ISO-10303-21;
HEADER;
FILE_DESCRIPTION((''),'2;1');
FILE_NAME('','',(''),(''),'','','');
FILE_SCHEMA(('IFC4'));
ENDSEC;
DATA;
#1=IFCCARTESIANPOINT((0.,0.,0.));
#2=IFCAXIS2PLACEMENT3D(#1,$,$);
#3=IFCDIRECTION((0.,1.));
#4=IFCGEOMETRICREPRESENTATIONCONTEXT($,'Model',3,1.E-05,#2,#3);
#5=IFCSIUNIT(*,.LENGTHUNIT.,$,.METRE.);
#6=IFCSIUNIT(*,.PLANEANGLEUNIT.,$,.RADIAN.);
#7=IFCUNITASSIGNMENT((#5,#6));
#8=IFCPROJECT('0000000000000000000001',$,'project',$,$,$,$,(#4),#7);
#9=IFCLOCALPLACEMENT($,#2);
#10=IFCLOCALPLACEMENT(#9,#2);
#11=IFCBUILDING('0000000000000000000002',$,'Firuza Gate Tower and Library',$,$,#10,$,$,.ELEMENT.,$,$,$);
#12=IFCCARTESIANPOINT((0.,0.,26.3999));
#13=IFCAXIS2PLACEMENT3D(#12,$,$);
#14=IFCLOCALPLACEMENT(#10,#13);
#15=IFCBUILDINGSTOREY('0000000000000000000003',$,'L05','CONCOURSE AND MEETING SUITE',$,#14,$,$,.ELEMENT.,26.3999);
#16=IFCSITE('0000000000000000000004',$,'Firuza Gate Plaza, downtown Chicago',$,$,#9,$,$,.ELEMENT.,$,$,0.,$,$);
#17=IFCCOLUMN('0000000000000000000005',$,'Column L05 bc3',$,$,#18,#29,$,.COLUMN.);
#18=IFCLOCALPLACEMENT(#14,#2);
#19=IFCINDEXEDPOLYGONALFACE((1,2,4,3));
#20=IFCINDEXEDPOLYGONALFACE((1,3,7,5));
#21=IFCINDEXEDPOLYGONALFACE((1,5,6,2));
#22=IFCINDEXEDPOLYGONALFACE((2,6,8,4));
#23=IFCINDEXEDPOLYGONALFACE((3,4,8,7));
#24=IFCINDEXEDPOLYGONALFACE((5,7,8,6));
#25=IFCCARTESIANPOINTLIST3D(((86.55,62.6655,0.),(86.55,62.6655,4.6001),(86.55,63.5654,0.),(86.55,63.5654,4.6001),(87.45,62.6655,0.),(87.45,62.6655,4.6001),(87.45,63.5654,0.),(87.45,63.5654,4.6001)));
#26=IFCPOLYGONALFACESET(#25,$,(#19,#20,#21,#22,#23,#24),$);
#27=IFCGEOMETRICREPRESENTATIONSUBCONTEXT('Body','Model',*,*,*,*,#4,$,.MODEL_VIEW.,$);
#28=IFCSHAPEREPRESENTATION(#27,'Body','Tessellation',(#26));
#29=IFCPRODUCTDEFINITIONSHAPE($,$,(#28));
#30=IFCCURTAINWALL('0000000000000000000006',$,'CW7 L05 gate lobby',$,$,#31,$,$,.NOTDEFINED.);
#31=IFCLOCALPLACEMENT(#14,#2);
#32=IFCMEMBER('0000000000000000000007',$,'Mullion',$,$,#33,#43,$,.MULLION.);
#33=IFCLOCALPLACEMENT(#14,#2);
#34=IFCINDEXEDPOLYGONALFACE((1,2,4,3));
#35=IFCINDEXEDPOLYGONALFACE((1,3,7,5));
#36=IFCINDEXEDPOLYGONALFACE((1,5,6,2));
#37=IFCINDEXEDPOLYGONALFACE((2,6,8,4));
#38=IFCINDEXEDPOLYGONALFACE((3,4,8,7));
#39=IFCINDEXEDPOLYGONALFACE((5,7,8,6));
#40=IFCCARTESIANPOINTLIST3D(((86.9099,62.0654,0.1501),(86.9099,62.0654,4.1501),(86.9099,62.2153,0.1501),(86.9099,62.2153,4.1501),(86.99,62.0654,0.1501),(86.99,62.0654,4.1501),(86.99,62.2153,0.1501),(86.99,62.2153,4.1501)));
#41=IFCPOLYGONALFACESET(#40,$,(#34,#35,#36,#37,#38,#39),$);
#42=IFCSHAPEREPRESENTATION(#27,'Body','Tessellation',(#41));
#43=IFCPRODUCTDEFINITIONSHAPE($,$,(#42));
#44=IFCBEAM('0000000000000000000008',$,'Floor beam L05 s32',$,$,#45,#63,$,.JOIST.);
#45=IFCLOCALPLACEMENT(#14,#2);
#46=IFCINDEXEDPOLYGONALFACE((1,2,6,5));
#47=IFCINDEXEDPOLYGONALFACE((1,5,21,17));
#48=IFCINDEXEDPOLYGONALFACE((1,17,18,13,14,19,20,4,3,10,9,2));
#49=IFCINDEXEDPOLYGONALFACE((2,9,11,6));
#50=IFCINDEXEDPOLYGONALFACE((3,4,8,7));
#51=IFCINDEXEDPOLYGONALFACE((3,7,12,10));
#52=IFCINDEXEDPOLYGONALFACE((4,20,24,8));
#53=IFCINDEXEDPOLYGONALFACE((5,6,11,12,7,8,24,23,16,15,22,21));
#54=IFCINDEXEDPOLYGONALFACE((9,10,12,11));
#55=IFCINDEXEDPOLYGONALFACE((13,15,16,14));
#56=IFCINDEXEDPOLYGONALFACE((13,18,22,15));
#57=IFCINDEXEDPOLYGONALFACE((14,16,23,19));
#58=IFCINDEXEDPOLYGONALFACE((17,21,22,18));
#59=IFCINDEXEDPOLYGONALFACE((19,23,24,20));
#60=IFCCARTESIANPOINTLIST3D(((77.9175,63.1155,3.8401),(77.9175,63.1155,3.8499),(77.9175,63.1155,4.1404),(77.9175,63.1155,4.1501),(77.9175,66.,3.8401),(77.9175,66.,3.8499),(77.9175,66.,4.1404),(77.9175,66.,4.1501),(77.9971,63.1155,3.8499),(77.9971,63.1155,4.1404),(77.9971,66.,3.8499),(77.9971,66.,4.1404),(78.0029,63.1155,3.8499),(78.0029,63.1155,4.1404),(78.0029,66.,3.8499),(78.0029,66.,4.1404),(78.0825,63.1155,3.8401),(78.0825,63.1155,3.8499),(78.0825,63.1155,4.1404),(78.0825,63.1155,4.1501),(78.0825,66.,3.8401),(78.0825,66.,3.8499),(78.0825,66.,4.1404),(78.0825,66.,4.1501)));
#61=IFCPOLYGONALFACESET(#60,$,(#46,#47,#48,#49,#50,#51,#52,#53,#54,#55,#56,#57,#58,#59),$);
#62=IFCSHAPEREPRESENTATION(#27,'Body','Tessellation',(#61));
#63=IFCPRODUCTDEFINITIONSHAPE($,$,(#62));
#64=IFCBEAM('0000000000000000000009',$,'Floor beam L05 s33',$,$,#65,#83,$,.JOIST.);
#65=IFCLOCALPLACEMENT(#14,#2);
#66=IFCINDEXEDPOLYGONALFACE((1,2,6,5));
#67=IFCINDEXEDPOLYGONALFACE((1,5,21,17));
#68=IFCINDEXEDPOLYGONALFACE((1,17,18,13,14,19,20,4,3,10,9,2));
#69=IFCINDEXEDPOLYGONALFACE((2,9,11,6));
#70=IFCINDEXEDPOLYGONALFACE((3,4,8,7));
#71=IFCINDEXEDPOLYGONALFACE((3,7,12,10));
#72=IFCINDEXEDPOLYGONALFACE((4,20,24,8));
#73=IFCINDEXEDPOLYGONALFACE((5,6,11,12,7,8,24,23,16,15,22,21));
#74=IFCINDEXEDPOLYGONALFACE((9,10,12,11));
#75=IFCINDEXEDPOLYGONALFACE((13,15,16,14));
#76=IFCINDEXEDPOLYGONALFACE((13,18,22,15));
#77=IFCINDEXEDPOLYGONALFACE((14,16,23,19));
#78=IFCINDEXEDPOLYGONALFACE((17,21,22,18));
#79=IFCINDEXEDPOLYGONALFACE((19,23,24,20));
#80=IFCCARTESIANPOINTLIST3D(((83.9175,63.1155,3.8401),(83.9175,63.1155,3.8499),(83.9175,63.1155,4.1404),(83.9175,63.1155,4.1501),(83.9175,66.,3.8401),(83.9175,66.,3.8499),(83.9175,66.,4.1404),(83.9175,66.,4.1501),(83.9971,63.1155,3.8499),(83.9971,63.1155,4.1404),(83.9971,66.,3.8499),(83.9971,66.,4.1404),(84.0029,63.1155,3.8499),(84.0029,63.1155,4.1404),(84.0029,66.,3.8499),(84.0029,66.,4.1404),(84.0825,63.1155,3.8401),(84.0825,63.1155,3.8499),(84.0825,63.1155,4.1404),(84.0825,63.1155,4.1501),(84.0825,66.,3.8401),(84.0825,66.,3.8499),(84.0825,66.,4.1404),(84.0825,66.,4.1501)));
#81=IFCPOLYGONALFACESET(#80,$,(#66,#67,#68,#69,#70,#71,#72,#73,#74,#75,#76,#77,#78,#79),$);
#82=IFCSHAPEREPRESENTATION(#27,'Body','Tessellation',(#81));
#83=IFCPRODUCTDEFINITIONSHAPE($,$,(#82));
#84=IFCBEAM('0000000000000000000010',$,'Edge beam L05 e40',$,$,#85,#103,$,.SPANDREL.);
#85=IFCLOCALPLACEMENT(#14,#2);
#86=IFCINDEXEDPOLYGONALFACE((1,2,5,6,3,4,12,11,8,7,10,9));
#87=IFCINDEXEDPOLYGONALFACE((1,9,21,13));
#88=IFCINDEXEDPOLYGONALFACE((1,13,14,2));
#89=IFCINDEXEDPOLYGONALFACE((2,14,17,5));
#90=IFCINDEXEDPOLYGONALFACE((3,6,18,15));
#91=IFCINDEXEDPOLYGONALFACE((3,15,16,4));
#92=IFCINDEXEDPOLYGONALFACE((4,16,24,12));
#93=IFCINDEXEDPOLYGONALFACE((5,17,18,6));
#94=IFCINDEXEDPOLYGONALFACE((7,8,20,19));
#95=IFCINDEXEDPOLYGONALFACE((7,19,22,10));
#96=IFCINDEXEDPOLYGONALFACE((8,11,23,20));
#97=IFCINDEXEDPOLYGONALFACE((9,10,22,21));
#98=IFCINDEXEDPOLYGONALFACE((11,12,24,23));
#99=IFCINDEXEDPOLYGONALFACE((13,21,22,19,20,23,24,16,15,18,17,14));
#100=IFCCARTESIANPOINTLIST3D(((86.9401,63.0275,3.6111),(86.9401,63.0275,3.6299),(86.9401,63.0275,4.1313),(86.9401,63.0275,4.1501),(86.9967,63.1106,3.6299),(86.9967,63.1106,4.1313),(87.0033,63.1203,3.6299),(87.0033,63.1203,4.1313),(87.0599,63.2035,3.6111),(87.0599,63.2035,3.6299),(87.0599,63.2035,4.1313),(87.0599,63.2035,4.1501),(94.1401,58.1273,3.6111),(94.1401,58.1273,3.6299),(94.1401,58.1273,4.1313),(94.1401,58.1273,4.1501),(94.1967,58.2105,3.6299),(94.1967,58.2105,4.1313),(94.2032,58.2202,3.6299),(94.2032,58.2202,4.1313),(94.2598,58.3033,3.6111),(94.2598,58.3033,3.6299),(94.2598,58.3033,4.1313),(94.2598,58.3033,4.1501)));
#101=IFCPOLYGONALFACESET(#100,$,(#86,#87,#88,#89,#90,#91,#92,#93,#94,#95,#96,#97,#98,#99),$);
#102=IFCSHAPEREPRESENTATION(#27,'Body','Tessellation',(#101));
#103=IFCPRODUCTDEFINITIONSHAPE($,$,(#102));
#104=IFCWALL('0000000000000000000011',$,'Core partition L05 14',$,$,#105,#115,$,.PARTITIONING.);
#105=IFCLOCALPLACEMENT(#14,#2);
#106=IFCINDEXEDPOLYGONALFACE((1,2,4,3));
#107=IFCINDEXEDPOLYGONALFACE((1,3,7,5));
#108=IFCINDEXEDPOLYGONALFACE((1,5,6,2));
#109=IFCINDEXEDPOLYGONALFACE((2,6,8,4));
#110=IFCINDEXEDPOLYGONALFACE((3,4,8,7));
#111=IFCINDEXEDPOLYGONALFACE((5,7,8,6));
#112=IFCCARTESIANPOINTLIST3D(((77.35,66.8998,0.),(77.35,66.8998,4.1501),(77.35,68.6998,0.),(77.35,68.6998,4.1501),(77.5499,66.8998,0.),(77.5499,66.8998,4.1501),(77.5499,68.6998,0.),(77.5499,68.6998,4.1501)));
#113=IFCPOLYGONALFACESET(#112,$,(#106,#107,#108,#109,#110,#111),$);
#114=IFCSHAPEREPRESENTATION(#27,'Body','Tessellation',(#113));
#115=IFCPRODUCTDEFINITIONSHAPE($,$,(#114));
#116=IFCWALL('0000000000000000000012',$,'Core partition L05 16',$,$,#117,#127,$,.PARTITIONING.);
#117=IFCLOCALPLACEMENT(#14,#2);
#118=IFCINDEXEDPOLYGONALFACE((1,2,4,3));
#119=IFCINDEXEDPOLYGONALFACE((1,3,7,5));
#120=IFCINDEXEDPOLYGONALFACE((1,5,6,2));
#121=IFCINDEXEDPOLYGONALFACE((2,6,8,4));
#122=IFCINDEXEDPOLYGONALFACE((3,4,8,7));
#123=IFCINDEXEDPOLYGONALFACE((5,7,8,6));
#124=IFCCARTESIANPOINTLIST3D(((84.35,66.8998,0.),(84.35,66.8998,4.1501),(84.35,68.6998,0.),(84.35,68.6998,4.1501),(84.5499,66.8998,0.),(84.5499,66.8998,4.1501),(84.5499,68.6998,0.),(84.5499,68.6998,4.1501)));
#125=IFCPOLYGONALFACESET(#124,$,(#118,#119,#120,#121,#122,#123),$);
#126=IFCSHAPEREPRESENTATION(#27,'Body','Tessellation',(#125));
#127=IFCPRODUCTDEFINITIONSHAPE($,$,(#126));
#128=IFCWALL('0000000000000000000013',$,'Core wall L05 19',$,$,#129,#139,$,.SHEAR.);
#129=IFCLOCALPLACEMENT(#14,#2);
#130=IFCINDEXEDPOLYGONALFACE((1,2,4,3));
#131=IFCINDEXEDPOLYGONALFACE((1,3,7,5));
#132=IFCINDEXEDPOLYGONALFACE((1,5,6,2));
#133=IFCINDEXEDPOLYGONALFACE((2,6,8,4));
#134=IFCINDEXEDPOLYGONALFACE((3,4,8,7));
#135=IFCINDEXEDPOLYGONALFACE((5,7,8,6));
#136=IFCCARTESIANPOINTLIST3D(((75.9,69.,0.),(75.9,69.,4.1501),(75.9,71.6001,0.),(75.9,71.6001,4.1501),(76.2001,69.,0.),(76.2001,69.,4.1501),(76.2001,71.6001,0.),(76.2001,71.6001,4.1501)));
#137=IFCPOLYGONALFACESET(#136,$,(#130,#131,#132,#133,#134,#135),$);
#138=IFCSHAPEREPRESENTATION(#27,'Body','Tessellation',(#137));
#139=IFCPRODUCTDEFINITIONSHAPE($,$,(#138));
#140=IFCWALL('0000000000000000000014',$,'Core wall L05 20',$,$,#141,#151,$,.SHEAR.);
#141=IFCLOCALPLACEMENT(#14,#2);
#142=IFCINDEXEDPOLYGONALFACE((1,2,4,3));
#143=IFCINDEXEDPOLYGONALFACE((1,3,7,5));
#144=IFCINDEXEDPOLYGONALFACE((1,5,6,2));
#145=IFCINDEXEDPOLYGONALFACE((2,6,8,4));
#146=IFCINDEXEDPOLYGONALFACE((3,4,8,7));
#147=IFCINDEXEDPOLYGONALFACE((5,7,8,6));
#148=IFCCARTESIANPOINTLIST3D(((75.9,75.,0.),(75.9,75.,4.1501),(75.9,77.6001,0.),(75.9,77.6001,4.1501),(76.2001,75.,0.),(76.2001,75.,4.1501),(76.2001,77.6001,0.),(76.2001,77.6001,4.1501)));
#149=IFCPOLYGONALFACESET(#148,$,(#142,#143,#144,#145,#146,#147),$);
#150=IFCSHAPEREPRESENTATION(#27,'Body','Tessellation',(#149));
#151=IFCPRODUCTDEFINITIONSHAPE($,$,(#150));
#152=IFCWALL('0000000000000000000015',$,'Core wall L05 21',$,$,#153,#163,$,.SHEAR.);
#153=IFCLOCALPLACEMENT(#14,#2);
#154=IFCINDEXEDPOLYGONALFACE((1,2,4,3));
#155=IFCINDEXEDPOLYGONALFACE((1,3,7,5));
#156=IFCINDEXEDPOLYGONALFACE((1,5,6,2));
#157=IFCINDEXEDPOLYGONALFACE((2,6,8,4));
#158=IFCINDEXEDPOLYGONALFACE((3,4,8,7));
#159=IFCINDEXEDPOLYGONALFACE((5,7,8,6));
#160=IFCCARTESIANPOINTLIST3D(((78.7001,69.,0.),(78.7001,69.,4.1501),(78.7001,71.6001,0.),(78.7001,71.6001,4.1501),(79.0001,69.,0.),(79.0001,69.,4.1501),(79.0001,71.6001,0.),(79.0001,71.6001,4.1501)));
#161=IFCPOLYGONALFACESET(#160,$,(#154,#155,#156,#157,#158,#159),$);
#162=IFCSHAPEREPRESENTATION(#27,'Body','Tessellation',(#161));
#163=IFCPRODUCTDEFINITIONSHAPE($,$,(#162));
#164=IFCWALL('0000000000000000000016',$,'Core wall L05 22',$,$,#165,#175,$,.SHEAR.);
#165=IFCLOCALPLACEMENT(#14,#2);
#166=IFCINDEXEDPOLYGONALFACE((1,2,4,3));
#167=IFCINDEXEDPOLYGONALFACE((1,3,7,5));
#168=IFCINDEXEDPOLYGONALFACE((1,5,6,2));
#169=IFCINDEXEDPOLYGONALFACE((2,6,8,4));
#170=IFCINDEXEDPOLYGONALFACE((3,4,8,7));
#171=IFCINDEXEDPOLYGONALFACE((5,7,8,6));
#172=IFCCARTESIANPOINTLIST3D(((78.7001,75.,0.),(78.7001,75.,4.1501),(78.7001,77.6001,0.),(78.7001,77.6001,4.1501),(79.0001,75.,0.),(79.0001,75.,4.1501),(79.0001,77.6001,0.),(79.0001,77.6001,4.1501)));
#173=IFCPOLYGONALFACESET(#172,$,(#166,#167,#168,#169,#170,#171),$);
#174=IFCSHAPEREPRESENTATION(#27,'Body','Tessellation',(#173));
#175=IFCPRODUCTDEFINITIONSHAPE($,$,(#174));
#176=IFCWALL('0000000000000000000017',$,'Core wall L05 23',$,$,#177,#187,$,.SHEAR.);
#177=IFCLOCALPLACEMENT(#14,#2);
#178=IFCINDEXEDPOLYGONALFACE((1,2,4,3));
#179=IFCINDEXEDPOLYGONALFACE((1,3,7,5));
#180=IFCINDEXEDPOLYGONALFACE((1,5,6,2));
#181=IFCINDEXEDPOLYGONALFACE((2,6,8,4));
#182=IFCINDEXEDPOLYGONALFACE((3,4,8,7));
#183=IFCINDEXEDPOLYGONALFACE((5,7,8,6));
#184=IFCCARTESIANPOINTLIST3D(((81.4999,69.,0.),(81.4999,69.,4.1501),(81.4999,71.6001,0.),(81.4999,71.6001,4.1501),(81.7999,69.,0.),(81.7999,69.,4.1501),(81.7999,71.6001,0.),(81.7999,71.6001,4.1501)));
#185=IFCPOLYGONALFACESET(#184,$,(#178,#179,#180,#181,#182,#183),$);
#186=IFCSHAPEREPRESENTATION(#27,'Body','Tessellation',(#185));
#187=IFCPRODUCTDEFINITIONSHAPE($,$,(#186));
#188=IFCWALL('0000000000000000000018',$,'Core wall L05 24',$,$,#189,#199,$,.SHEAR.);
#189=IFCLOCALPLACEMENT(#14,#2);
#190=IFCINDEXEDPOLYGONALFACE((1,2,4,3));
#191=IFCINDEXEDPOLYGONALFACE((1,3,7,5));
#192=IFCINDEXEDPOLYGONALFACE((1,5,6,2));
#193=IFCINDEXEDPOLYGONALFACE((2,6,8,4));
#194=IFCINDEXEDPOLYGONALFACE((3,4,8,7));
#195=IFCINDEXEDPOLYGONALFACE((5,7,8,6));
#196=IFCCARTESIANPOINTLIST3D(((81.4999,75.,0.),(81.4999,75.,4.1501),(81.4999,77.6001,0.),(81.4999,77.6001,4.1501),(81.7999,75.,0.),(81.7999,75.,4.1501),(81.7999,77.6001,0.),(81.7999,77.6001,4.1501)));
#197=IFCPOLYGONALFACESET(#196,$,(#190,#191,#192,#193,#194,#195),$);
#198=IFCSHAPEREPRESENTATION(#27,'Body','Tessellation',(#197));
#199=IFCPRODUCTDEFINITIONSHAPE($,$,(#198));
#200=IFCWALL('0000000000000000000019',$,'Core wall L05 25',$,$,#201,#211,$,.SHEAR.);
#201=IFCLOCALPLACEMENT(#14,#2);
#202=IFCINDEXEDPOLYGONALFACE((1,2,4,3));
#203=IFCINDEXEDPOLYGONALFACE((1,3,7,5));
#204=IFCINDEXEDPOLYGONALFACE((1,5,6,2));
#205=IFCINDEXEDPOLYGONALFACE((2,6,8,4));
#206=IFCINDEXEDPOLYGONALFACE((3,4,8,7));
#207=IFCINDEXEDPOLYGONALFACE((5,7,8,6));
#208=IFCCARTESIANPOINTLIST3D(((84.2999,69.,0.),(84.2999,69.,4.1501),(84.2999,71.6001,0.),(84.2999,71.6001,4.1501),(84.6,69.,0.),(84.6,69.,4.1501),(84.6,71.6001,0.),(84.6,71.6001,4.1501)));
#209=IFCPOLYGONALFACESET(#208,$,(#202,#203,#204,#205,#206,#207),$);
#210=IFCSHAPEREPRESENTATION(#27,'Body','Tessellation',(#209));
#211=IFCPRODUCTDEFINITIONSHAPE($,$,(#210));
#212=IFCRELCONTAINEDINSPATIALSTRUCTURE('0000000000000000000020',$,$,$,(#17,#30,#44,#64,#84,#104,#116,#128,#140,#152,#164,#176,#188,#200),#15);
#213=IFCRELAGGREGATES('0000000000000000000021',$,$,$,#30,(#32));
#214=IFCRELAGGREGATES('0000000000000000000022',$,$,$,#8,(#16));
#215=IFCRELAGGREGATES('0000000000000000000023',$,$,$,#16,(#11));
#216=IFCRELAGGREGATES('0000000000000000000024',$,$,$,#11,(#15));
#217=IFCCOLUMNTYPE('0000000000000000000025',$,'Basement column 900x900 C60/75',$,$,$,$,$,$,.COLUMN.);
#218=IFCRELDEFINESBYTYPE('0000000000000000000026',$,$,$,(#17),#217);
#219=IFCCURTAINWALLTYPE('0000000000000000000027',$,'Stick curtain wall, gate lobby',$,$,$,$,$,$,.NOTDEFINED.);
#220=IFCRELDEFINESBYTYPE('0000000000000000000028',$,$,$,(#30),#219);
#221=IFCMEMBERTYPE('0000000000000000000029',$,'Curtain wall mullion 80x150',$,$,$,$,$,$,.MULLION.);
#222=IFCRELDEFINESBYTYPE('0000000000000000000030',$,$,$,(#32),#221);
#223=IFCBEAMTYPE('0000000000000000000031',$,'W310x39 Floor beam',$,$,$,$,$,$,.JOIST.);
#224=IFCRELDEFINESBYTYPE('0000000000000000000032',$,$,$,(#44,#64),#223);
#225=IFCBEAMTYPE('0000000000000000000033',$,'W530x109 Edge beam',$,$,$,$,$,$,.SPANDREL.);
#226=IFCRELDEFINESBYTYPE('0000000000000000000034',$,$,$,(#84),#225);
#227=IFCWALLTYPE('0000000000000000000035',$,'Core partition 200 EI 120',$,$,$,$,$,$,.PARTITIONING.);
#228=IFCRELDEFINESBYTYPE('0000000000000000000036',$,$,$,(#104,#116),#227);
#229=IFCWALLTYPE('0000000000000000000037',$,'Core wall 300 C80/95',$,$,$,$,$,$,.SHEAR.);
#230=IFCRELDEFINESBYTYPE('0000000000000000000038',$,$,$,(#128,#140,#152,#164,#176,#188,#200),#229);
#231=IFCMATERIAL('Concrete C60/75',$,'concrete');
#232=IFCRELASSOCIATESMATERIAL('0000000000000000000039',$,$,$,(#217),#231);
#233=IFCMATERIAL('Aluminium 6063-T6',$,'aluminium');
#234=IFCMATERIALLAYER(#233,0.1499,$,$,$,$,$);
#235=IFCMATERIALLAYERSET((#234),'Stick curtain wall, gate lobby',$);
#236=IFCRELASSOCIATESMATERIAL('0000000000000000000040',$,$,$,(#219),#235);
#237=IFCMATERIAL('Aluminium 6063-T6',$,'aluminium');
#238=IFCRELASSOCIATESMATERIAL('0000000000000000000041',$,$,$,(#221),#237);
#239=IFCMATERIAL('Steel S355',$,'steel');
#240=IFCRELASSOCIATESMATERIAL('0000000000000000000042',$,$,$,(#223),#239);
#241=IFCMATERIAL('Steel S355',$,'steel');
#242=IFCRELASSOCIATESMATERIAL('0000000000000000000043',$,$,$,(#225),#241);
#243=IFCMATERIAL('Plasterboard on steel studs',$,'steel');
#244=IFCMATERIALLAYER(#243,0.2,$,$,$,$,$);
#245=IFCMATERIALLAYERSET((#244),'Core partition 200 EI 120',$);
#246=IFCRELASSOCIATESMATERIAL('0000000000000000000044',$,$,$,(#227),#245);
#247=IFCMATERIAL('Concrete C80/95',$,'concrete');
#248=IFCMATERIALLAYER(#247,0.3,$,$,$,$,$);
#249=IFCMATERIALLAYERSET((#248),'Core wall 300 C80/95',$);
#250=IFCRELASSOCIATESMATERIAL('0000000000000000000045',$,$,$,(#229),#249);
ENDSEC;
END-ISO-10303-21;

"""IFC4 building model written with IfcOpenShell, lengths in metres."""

from ifc_helpers import new_model, si_unit, direction, frame, frame_2d, origin, origin_2d, place, context, subcontext, project, spatial, rectangle, i_section, extrude, material, layer, layer_set, material_profile, profile_set, type_object, element, aggregate, save


model = new_model("IFC4")

# Units and contexts
model_context = context("Model", 3, precision=1e-05, world=origin(), true_north=direction((0.0, 1.0)))
body_context = subcontext(model_context, "Body", "Model", "MODEL_VIEW")
ifc_project = project(units=[si_unit("LENGTHUNIT", "METRE"), si_unit("PLANEANGLEUNIT", "RADIAN")], contexts=[model_context])

# Site, building, storey
site_placement = place(None, origin())
site = spatial("IfcSite", under=ifc_project, at=site_placement, Name="Firuza Gate Plaza, downtown Chicago", CompositionType="ELEMENT", RefElevation=0.0)
building_placement = place(site_placement, origin())
building = spatial("IfcBuilding", under=site, at=building_placement, Name="Firuza Gate Tower and Library", CompositionType="ELEMENT")
storey_placement = place(building_placement, frame((0.0, 0.0, 26.3999)))
storey = spatial("IfcBuildingStorey", under=building, at=storey_placement, Name="L05", Description="CONCOURSE AND MEETING SUITE", CompositionType="ELEMENT", Elevation=26.3999)

# Column
ifc_material_1 = material(Name="Concrete C60/75", Category="concrete")
ifc_material_profile_1 = material_profile(ifc_material_1, rectangle(XDim=0.8999, YDim=0.8999, at=origin_2d()))
ifc_profile_set_1 = profile_set([ifc_material_profile_1], Name="Concrete C60/75")
column_type = type_object("IfcColumnType", Name="Basement column 900x900 C60/75", PredefinedType="COLUMN", material=ifc_profile_set_1)
column_placement = place(storey_placement, frame((87.0, 63.1155, 0.0), z_axis=(0.0, 0.0, 1.0), x_axis=(1.0, 0.0, 0.0)))
element("IfcColumn", 1, at=column_placement, inside=storey, type_object=column_type, Name="Column L05 bc3", PredefinedType="COLUMN", context=body_context, shape_type="SweptSolid", body=[
    extrude(rectangle(XDim=0.8999, YDim=0.8999, at=origin_2d()), origin(), (0.0, 0.0, 1.0), 4.6001),
])

# Curtain wall, member
ifc_material_2 = material(Name="Aluminium 6063-T6", Category="aluminium")
ifc_layer_1 = layer(ifc_material_2, 0.1499)
ifc_layer_set_1 = layer_set([ifc_layer_1], Name="Stick curtain wall, gate lobby")
curtain_wall_type = type_object("IfcCurtainWallType", Name="Stick curtain wall, gate lobby", PredefinedType="NOTDEFINED", material=ifc_layer_set_1)
placement = place(storey_placement, origin())
curtain_wall = element("IfcCurtainWall", 2, at=placement, inside=storey, type_object=curtain_wall_type, Name="CW7 L05 gate lobby", PredefinedType="NOTDEFINED")
ifc_material_3 = material(Name="Aluminium 6063-T6", Category="aluminium")
ifc_material_profile_2 = material_profile(ifc_material_3, rectangle(XDim=0.1499, YDim=0.0801, at=origin_2d()))
ifc_profile_set_2 = profile_set([ifc_material_profile_2], Name="Aluminium 6063-T6")
member_type = type_object("IfcMemberType", Name="Curtain wall mullion 80x150", PredefinedType="MULLION", material=ifc_profile_set_2)
member_placement = place(storey_placement, frame((86.95, 62.1404, 0.1501), z_axis=(0.0, 0.0, 1.0), x_axis=(0.0, 1.0, 0.0)))
member = element("IfcMember", 3, at=member_placement, type_object=member_type, Name="Mullion", PredefinedType="MULLION", context=body_context, shape_type="SweptSolid", body=[
    extrude(rectangle(XDim=0.1499, YDim=0.0801, at=origin_2d()), origin(), (0.0, 0.0, 1.0), 4.0),
])
aggregate(curtain_wall, [member])

# Beams
ifc_material_4 = material(Name="Steel S355", Category="steel")
ifc_material_profile_3 = material_profile(ifc_material_4, i_section(OverallWidth=0.165, OverallDepth=0.3101, WebThickness=0.0059, FlangeThickness=0.0098, at=origin_2d()))
ifc_profile_set_3 = profile_set([ifc_material_profile_3], Name="Steel S355")
beam_type_1 = type_object("IfcBeamType", Name="W310x39 Floor beam", PredefinedType="JOIST", material=ifc_profile_set_3)
for number, where, z_axis, x_axis, name in (
    (4, (78.0, 63.1155, 3.9951), (0.0, 1.0, 0.0), (-1.0, 0.0, 0.0), "Floor beam L05 s32"),
    (5, (84.0, 63.1155, 3.9951), (0.0, 1.0, 0.0), (-1.0, 0.0, 0.0), "Floor beam L05 s33"),
):
    element("IfcBeam", number, at=place(storey_placement, frame(where, z_axis=z_axis, x_axis=x_axis)), inside=storey, type_object=beam_type_1, Name=name, PredefinedType="JOIST", context=body_context, shape_type="SweptSolid", body=[
        extrude(i_section(OverallWidth=0.165, OverallDepth=0.3101, WebThickness=0.0059, FlangeThickness=0.0098, at=origin_2d()), origin(), (0.0, 0.0, 1.0), 2.8845),
    ])
ifc_material_5 = material(Name="Steel S355", Category="steel")
ifc_material_profile_4 = material_profile(ifc_material_5, i_section(OverallWidth=0.2129, OverallDepth=0.5391, WebThickness=0.0117, FlangeThickness=0.0188, at=origin_2d()))
ifc_profile_set_4 = profile_set([ifc_material_profile_4], Name="Steel S355")
beam_type_2 = type_object("IfcBeamType", Name="W530x109 Edge beam", PredefinedType="SPANDREL", material=ifc_profile_set_4)
beam_placement = place(storey_placement, frame((87.0, 63.1155, 3.8806), z_axis=(0.826703, -0.562638, 0.0), x_axis=(0.562638, 0.826703, 0.0)))
element("IfcBeam", 6, at=beam_placement, inside=storey, type_object=beam_type_2, Name="Edge beam L05 e40", PredefinedType="SPANDREL", context=body_context, shape_type="SweptSolid", body=[
    extrude(i_section(OverallWidth=0.2129, OverallDepth=0.5391, WebThickness=0.0117, FlangeThickness=0.0188, at=origin_2d()), origin(), (0.0, 0.0, 1.0), 8.7092),
])

# Walls
ifc_material_6 = material(Name="Plasterboard on steel studs", Category="steel")
ifc_layer_2 = layer(ifc_material_6, 0.2)
ifc_layer_set_2 = layer_set([ifc_layer_2], Name="Core partition 200 EI 120")
wall_type_1 = type_object("IfcWallType", Name="Core partition 200 EI 120", PredefinedType="PARTITIONING", material=ifc_layer_set_2)
for number, where, z_axis, x_axis, name in (
    (7, (77.45, 66.8999, 0.0), (0.0, 0.0, 1.0), (0.0, 1.0, 0.0), "Core partition L05 14"),
    (8, (84.45, 66.8999, 0.0), (0.0, 0.0, 1.0), (0.0, 1.0, 0.0), "Core partition L05 16"),
):
    element("IfcWall", number, at=place(storey_placement, frame(where, z_axis=z_axis, x_axis=x_axis)), inside=storey, type_object=wall_type_1, Name=name, PredefinedType="PARTITIONING", context=body_context, shape_type="SweptSolid", body=[
        extrude(rectangle(XDim=1.8, YDim=0.2, at=frame_2d((0.8999, 0.0))), origin(), (0.0, 0.0, 1.0), 4.1501),
    ])
ifc_material_7 = material(Name="Concrete C80/95", Category="concrete")
ifc_layer_3 = layer(ifc_material_7, 0.3)
ifc_layer_set_3 = layer_set([ifc_layer_3], Name="Core wall 300 C80/95")
wall_type_2 = type_object("IfcWallType", Name="Core wall 300 C80/95", PredefinedType="SHEAR", material=ifc_layer_set_3)
for number, where, z_axis, x_axis, name in (
    (9, (76.05, 69.0, 0.0), (0.0, 0.0, 1.0), (0.0, 1.0, 0.0), "Core wall L05 19"),
    (10, (76.05, 75.0, 0.0), (0.0, 0.0, 1.0), (0.0, 1.0, 0.0), "Core wall L05 20"),
    (11, (78.8501, 69.0, 0.0), (0.0, 0.0, 1.0), (0.0, 1.0, 0.0), "Core wall L05 21"),
    (12, (78.8501, 75.0, 0.0), (0.0, 0.0, 1.0), (0.0, 1.0, 0.0), "Core wall L05 22"),
    (13, (81.6499, 69.0, 0.0), (0.0, 0.0, 1.0), (0.0, 1.0, 0.0), "Core wall L05 23"),
    (14, (81.6499, 75.0, 0.0), (0.0, 0.0, 1.0), (0.0, 1.0, 0.0), "Core wall L05 24"),
    (15, (84.45, 69.0, 0.0), (0.0, 0.0, 1.0), (0.0, 1.0, 0.0), "Core wall L05 25"),
):
    element("IfcWall", number, at=place(storey_placement, frame(where, z_axis=z_axis, x_axis=x_axis)), inside=storey, type_object=wall_type_2, Name=name, PredefinedType="SHEAR", context=body_context, shape_type="SweptSolid", body=[
        extrude(rectangle(XDim=2.6001, YDim=0.3, at=frame_2d((1.3, 0.0))), origin(), (0.0, 0.0, 1.0), 4.1501),
    ])

save(model, "model.ifc")
